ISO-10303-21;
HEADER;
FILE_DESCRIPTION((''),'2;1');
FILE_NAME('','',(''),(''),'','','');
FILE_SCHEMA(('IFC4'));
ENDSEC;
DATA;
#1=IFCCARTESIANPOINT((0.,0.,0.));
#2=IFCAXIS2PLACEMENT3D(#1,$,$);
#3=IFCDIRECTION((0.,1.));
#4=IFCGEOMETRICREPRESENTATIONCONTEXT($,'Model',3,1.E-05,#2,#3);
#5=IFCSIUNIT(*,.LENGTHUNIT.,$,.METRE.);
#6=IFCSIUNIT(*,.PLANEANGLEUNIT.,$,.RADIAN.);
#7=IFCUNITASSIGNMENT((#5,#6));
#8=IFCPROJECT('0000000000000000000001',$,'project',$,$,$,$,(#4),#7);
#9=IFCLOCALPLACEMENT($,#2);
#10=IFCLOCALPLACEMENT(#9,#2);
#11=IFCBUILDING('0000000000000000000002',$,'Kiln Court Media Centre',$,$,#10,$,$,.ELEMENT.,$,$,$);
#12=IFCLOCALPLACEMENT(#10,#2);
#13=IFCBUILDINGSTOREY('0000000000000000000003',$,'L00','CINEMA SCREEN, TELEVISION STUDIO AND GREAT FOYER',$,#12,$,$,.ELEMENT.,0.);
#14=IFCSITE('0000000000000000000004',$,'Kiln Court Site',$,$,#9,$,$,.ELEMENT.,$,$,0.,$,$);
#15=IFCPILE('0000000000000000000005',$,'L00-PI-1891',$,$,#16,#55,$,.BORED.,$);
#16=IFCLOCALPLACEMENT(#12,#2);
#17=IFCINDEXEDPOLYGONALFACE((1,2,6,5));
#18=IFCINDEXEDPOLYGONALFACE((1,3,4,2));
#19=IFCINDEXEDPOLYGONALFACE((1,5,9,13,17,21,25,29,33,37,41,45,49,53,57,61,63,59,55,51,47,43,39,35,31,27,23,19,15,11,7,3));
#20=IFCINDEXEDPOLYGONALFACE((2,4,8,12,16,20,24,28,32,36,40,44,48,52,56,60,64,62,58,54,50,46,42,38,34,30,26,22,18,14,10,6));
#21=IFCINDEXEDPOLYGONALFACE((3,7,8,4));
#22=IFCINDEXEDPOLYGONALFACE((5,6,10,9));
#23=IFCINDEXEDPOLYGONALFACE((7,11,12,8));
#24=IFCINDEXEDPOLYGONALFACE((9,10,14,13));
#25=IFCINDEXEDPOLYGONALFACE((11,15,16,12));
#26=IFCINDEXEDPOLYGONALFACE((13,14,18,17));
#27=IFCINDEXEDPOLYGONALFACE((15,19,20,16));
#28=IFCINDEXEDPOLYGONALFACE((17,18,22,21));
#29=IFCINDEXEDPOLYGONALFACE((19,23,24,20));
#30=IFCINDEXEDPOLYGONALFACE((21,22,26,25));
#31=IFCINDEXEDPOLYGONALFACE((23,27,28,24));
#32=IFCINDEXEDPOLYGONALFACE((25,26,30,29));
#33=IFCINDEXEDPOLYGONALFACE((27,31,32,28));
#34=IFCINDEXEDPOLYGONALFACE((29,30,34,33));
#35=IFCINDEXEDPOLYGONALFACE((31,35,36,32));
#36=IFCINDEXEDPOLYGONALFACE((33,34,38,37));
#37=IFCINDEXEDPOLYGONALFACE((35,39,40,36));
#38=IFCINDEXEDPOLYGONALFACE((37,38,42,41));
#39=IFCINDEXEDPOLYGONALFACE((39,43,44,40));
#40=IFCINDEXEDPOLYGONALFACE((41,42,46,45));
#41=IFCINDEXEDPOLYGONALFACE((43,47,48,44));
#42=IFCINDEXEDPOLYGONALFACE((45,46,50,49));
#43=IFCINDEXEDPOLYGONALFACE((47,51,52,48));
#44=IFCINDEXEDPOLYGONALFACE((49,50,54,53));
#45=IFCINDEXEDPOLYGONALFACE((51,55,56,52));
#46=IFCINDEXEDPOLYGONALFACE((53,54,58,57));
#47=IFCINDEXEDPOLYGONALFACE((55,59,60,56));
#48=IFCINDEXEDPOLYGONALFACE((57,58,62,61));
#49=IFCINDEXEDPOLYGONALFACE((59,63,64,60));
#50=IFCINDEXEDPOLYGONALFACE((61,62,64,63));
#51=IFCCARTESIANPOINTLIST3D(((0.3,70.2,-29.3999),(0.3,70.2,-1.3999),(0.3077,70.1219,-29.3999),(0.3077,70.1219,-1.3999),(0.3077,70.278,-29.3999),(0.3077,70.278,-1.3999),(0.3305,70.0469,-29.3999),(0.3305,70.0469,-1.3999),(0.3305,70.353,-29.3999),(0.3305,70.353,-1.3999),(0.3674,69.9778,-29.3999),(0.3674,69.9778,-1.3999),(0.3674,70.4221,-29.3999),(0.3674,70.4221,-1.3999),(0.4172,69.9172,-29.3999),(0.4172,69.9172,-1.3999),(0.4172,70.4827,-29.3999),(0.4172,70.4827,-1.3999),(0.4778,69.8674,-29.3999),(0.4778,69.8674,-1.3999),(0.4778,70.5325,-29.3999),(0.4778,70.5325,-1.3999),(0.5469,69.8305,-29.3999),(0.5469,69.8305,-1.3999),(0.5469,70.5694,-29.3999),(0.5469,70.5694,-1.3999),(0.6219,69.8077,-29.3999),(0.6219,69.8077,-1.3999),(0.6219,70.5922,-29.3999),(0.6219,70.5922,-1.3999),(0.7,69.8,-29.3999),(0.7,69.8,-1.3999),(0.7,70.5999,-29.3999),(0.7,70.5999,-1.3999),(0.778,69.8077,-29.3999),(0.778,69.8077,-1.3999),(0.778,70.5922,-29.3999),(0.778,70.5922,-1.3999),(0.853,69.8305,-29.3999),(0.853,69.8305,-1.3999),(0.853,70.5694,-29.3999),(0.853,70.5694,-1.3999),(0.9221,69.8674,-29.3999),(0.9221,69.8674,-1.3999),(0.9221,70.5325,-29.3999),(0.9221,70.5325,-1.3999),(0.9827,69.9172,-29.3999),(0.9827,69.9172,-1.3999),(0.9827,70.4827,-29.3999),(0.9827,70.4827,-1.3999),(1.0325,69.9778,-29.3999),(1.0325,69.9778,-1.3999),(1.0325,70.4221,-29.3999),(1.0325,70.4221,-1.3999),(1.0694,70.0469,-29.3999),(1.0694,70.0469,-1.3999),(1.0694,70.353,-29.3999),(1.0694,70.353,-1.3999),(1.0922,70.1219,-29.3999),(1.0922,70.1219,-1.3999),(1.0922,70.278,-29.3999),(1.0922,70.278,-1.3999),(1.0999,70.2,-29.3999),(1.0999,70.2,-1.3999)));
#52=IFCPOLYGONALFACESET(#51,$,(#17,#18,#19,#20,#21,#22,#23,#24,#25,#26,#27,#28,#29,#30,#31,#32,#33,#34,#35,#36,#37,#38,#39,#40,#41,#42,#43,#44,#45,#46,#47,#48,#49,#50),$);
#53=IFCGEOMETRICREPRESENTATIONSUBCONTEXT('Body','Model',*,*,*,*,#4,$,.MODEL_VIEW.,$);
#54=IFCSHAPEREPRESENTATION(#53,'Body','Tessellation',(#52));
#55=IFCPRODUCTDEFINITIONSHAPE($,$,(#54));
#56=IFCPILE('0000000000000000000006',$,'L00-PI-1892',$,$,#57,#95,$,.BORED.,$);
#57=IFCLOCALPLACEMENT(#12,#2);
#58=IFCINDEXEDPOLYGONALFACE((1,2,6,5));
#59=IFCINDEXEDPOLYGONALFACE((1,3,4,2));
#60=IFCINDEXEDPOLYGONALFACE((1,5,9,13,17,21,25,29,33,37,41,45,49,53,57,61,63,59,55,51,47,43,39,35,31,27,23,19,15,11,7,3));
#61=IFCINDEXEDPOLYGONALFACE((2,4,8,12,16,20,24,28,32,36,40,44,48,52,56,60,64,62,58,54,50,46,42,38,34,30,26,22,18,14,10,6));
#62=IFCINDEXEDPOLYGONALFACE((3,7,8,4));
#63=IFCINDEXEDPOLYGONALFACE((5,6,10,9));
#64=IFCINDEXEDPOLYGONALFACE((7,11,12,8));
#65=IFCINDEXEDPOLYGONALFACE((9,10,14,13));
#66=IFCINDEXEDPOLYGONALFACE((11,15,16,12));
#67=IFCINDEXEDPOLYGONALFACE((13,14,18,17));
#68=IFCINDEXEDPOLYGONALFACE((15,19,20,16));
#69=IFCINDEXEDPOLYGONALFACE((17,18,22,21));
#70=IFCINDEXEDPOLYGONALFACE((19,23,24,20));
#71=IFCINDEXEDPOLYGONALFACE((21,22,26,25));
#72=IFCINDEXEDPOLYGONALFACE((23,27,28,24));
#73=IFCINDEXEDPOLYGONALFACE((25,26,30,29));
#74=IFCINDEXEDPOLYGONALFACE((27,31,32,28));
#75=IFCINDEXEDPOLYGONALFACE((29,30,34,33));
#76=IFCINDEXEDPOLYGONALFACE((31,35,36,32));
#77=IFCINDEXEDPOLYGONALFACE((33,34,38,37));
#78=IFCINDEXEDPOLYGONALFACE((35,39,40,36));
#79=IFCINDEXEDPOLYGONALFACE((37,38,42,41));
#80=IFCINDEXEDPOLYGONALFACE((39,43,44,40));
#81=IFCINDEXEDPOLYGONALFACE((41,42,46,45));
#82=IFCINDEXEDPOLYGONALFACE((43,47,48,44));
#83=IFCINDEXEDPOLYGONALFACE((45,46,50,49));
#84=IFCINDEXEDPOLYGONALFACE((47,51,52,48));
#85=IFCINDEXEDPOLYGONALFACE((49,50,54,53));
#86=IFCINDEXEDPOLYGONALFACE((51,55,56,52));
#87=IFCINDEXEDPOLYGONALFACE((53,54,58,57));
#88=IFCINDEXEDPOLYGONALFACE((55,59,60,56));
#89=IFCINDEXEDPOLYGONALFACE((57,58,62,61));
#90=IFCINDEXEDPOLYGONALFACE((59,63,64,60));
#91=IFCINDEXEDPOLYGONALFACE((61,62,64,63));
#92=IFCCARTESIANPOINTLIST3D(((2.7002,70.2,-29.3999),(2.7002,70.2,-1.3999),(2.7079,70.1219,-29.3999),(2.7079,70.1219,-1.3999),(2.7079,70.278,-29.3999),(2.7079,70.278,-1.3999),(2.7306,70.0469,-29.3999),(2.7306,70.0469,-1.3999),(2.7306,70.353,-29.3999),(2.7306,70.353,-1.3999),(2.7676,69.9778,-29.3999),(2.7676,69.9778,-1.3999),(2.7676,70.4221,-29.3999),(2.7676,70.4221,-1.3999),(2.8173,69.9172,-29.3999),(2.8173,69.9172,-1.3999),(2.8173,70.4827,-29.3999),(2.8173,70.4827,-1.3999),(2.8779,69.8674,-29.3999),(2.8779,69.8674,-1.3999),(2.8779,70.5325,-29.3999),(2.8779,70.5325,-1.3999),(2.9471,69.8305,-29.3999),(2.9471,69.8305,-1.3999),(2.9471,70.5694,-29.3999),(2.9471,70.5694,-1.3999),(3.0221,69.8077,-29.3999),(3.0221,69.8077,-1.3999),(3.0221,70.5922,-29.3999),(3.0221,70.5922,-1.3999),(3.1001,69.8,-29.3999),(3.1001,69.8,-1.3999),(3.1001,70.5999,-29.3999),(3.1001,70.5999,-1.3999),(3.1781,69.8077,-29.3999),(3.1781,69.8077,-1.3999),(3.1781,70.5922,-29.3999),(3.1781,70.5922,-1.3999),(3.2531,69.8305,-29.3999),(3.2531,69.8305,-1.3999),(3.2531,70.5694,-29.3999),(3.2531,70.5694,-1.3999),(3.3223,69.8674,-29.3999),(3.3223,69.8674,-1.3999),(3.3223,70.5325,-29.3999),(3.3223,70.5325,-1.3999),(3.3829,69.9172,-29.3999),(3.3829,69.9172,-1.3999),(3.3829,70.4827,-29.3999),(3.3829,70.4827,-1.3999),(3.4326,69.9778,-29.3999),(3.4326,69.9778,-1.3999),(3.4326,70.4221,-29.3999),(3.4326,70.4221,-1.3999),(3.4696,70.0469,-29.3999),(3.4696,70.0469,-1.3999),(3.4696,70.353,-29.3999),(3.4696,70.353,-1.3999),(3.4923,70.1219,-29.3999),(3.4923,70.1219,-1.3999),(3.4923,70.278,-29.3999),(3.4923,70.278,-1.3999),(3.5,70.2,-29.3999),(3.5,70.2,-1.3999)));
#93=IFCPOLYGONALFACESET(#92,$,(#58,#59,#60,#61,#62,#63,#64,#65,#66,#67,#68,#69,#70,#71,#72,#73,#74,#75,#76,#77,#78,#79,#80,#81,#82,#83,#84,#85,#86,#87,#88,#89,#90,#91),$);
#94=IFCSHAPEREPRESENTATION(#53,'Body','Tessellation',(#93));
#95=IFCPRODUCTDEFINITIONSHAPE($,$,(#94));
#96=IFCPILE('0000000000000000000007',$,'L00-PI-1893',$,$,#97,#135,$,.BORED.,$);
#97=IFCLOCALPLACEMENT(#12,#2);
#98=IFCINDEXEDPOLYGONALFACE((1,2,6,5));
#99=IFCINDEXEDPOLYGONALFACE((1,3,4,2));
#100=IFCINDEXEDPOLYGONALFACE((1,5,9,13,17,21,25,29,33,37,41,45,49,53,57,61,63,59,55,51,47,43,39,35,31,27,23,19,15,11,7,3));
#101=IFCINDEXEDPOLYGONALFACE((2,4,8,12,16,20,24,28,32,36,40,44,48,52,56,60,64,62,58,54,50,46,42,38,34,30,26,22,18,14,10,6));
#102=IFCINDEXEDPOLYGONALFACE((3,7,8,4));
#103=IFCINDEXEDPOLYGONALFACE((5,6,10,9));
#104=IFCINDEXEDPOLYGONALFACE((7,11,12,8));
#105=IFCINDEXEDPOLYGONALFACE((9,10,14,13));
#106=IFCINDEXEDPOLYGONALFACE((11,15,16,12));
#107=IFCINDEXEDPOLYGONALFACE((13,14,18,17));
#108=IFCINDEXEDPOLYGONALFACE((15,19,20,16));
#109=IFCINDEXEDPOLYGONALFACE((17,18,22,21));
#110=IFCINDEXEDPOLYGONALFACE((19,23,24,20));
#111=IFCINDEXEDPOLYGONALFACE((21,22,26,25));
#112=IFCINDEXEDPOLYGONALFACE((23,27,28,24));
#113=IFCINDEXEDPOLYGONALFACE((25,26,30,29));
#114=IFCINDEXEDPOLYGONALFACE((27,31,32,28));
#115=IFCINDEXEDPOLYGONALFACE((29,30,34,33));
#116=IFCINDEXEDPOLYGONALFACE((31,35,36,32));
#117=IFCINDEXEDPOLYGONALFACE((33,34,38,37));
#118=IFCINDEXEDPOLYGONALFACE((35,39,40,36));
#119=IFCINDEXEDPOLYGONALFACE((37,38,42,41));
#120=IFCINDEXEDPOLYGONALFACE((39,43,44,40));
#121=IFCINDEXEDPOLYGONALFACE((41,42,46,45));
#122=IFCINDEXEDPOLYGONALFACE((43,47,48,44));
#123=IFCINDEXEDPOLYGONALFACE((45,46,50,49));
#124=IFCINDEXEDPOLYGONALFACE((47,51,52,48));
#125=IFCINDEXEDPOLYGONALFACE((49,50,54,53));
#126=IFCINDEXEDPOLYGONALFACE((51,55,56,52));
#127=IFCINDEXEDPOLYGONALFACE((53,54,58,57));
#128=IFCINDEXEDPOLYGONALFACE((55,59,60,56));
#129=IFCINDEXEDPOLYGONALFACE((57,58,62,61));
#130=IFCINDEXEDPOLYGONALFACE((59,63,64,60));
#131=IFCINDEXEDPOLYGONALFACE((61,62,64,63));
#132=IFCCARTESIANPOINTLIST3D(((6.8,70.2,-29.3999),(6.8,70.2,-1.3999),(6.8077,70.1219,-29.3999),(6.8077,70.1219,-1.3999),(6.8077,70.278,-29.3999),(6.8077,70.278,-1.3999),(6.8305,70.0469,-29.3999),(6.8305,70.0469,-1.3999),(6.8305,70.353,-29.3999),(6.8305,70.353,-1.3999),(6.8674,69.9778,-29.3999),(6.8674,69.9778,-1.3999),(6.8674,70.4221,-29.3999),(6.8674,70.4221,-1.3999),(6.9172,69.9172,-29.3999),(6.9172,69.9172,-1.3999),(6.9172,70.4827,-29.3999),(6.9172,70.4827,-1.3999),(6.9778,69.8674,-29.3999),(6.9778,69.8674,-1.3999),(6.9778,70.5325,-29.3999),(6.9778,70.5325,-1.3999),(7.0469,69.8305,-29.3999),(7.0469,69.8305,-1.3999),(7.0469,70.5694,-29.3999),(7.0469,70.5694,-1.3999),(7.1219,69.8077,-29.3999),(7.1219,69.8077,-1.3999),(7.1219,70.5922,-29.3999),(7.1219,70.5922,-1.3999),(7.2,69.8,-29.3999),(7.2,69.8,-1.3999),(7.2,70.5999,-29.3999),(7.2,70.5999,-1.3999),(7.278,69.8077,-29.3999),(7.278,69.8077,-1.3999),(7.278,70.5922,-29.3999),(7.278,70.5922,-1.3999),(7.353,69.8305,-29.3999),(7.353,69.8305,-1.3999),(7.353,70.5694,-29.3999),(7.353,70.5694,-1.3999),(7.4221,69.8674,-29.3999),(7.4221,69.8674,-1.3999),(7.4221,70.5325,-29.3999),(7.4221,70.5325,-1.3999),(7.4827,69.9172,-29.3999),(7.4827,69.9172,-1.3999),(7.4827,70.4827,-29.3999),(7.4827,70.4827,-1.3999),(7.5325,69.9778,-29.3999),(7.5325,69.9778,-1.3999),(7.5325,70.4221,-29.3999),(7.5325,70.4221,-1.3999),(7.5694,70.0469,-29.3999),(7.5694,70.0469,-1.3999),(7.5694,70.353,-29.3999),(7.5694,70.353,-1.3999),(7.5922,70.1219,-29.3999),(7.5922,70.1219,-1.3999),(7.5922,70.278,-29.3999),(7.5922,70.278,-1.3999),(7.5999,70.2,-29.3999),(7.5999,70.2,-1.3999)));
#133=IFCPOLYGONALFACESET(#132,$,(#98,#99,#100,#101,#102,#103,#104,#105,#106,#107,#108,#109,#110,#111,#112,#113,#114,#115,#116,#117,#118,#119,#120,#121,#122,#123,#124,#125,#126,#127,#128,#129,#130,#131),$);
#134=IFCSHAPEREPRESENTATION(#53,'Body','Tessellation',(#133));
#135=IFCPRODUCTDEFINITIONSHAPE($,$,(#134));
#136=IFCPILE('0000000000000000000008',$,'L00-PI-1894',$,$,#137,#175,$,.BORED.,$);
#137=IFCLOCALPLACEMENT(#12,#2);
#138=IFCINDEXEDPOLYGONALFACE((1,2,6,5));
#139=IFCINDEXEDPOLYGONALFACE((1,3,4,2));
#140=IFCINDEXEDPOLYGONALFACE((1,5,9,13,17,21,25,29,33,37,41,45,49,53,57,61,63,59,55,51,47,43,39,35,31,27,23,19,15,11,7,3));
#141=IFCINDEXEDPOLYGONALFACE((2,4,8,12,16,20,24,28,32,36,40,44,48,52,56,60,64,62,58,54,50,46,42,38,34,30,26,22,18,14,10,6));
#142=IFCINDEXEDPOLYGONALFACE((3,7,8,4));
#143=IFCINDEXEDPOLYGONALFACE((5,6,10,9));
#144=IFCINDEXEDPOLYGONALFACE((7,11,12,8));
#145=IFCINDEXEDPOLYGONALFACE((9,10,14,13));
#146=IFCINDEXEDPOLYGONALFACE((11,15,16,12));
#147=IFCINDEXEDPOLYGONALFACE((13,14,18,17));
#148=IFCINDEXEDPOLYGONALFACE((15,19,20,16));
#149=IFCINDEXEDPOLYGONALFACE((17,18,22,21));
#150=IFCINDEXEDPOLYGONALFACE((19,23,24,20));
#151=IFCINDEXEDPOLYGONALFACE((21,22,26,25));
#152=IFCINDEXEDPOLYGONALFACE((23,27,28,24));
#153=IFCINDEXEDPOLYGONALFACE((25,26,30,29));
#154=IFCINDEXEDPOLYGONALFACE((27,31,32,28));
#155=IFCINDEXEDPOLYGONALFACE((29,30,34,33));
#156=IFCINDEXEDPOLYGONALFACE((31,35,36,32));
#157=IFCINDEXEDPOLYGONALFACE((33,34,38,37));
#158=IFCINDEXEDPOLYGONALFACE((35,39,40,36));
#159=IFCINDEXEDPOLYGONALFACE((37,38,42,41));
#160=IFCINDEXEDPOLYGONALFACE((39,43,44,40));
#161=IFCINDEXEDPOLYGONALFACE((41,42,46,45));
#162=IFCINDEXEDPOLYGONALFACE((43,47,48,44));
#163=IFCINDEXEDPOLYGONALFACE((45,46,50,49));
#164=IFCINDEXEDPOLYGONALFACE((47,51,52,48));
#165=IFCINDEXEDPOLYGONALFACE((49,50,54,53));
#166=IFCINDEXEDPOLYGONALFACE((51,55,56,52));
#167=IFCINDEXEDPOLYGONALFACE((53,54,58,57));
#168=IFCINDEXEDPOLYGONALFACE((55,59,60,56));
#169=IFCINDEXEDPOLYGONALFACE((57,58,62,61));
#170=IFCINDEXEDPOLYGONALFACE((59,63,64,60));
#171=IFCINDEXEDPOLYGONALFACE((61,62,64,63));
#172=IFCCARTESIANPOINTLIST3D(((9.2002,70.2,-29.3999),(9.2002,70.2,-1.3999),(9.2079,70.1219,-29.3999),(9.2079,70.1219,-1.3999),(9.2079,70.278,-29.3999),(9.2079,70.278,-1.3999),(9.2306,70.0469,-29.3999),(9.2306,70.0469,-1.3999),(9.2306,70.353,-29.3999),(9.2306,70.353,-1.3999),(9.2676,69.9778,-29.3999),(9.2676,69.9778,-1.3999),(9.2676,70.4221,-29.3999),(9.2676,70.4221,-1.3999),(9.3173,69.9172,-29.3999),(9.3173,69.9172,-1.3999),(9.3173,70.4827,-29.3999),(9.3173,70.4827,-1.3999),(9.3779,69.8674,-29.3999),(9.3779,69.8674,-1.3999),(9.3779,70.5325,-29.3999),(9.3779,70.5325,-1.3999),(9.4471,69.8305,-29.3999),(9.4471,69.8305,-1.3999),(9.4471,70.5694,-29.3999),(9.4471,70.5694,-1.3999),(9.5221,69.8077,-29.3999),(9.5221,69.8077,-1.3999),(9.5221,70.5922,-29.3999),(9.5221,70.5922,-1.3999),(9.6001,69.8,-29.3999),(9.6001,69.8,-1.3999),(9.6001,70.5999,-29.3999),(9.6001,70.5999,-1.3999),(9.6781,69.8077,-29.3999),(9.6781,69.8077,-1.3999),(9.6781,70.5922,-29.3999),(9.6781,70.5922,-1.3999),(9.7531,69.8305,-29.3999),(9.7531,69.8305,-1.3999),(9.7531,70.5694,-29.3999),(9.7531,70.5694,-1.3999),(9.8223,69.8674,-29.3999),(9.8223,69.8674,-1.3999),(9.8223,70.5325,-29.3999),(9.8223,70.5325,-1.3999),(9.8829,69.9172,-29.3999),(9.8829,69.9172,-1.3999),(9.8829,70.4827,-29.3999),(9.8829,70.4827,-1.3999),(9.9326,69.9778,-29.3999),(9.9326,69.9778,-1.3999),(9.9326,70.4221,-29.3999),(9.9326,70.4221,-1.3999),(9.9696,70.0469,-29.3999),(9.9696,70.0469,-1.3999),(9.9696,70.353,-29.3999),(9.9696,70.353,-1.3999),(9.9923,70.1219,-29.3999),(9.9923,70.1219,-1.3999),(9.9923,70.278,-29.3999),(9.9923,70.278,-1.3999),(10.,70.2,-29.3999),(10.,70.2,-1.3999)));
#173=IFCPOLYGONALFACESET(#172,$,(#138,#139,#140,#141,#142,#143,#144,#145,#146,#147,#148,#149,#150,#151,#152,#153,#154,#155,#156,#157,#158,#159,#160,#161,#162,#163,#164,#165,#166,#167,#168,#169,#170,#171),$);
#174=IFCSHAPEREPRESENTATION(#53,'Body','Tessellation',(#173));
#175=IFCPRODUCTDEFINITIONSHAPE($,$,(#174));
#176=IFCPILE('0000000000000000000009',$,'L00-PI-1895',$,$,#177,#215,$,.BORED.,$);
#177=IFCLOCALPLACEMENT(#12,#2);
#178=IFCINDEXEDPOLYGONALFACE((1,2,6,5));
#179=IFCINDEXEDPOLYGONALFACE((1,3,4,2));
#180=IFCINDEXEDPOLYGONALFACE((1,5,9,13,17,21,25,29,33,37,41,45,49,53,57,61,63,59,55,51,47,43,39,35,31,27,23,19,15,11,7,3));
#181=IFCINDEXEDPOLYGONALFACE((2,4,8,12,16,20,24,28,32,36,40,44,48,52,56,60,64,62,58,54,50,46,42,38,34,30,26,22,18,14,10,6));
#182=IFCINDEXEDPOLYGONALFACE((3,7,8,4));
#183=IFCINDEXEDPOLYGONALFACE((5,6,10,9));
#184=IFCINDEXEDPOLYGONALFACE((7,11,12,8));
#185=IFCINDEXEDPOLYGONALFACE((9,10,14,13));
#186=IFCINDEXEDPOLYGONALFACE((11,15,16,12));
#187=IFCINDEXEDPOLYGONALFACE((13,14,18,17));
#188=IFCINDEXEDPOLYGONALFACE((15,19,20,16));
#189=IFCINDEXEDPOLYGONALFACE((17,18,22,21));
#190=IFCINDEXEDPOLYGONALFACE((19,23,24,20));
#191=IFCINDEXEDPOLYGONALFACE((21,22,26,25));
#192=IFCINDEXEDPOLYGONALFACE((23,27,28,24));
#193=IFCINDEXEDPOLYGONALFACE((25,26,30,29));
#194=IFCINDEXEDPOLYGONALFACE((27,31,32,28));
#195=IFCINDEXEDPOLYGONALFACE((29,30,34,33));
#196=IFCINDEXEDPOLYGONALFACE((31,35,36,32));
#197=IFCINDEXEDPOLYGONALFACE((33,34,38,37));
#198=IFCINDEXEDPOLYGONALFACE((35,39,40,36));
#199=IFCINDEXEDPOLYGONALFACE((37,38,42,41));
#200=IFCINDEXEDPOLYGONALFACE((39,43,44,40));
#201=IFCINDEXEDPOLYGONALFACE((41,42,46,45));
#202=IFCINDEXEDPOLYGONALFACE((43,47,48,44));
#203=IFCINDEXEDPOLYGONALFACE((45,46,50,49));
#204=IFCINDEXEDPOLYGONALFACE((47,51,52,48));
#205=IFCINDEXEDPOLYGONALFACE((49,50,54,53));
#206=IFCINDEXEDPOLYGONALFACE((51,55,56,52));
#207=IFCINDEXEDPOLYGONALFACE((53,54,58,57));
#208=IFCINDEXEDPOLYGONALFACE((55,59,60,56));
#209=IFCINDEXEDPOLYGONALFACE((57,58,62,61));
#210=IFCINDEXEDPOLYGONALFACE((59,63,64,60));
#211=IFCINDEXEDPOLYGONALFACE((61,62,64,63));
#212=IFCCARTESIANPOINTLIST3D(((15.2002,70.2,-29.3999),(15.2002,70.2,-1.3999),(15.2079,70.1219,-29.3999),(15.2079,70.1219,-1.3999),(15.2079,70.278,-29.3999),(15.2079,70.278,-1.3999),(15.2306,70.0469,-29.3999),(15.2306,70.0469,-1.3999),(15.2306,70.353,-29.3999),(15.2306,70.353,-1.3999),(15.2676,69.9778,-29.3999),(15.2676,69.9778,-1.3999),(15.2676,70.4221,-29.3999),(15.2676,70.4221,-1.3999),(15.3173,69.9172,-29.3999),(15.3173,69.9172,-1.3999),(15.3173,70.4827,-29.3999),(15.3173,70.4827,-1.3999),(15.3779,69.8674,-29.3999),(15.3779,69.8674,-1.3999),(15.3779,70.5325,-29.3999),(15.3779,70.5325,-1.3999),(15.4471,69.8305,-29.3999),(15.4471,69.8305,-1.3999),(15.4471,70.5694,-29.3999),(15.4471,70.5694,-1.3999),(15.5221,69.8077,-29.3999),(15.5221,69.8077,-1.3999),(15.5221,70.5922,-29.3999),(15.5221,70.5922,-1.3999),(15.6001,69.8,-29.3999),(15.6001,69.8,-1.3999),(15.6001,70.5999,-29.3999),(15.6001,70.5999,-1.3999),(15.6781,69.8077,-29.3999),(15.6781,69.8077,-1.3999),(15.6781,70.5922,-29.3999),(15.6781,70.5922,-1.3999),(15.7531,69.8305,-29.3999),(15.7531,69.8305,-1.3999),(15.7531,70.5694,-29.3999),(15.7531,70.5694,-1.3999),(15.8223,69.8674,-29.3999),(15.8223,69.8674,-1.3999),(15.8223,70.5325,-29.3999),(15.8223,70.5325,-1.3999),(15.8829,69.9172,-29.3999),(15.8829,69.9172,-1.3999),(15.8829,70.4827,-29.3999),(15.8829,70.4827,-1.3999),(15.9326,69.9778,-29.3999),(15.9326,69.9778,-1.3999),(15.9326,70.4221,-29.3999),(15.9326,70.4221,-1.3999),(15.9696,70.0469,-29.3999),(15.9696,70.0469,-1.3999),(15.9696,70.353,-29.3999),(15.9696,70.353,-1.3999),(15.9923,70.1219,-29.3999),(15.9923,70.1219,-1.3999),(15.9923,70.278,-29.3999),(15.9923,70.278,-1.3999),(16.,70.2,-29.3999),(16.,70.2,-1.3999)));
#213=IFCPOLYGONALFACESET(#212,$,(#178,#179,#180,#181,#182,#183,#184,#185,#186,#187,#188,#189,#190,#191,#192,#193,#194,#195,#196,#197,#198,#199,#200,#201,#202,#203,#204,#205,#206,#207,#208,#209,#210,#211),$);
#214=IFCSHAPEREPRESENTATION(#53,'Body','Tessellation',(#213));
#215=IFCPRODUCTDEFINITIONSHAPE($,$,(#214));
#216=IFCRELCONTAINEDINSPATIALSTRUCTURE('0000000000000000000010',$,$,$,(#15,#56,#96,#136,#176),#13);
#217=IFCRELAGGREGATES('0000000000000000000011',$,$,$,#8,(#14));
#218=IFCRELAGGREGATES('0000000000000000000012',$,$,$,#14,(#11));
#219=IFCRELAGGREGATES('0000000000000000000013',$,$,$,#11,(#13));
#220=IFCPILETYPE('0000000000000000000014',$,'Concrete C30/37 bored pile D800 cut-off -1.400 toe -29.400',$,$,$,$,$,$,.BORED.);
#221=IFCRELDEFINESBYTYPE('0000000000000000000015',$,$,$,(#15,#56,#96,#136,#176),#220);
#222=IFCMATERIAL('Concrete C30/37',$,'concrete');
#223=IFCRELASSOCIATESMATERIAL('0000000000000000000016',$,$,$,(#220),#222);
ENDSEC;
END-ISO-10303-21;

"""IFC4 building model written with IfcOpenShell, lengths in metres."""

from ifc_helpers import new_model, si_unit, direction, frame, origin, origin_2d, place, context, subcontext, project, spatial, circle, extrude, material, material_profile, profile_set, type_object, element, save


model = new_model("IFC4")

# Units and contexts
model_context = context("Model", 3, precision=1e-05, world=origin(), true_north=direction((0.0, 1.0)))
body_context = subcontext(model_context, "Body", "Model", "MODEL_VIEW")
ifc_project = project(units=[si_unit("LENGTHUNIT", "METRE"), si_unit("PLANEANGLEUNIT", "RADIAN")], contexts=[model_context])

# Site, building, storey
site_placement = place(None, origin())
site = spatial("IfcSite", under=ifc_project, at=site_placement, Name="Kiln Court Site", CompositionType="ELEMENT", RefElevation=0.0)
building_placement = place(site_placement, origin())
building = spatial("IfcBuilding", under=site, at=building_placement, Name="Kiln Court Media Centre", CompositionType="ELEMENT")
storey_placement = place(building_placement, origin())
storey = spatial("IfcBuildingStorey", under=building, at=storey_placement, Name="L00", Description="CINEMA SCREEN, TELEVISION STUDIO AND GREAT FOYER", CompositionType="ELEMENT", Elevation=0.0)

# Piles
ifc_material_1 = material(Name="Concrete C30/37", Category="concrete")
ifc_material_profile_1 = material_profile(ifc_material_1, circle(Radius=0.3999, at=origin_2d()), Name="PILE D800")
ifc_profile_set_1 = profile_set([ifc_material_profile_1], Name="Concrete C30/37")
pile_type = type_object("IfcPileType", Name="Concrete C30/37 bored pile D800 cut-off -1.400 toe -29.400", PredefinedType="BORED", material=ifc_profile_set_1)
for number, where, z_axis, x_axis, name in (
    (1, (0.7, 70.2, -1.3999), (0.0, 0.0, -1.0), (1.0, 0.0, 0.0), "L00-PI-1891"),
    (2, (3.1001, 70.2, -1.3999), (0.0, 0.0, -1.0), (1.0, 0.0, 0.0), "L00-PI-1892"),
    (3, (7.2, 70.2, -1.3999), (0.0, 0.0, -1.0), (1.0, 0.0, 0.0), "L00-PI-1893"),
    (4, (9.6001, 70.2, -1.3999), (0.0, 0.0, -1.0), (1.0, 0.0, 0.0), "L00-PI-1894"),
    (5, (15.6001, 70.2, -1.3999), (0.0, 0.0, -1.0), (1.0, 0.0, 0.0), "L00-PI-1895"),
):
    element("IfcPile", number, at=place(storey_placement, frame(where, z_axis=z_axis, x_axis=x_axis)), inside=storey, type_object=pile_type, Name=name, PredefinedType="BORED", context=body_context, shape_type="SweptSolid", body=[
        extrude(circle(Radius=0.3999, at=origin_2d()), origin(), (0.0, 0.0, 1.0), 28.0),
    ])

save(model, "model.ifc")
